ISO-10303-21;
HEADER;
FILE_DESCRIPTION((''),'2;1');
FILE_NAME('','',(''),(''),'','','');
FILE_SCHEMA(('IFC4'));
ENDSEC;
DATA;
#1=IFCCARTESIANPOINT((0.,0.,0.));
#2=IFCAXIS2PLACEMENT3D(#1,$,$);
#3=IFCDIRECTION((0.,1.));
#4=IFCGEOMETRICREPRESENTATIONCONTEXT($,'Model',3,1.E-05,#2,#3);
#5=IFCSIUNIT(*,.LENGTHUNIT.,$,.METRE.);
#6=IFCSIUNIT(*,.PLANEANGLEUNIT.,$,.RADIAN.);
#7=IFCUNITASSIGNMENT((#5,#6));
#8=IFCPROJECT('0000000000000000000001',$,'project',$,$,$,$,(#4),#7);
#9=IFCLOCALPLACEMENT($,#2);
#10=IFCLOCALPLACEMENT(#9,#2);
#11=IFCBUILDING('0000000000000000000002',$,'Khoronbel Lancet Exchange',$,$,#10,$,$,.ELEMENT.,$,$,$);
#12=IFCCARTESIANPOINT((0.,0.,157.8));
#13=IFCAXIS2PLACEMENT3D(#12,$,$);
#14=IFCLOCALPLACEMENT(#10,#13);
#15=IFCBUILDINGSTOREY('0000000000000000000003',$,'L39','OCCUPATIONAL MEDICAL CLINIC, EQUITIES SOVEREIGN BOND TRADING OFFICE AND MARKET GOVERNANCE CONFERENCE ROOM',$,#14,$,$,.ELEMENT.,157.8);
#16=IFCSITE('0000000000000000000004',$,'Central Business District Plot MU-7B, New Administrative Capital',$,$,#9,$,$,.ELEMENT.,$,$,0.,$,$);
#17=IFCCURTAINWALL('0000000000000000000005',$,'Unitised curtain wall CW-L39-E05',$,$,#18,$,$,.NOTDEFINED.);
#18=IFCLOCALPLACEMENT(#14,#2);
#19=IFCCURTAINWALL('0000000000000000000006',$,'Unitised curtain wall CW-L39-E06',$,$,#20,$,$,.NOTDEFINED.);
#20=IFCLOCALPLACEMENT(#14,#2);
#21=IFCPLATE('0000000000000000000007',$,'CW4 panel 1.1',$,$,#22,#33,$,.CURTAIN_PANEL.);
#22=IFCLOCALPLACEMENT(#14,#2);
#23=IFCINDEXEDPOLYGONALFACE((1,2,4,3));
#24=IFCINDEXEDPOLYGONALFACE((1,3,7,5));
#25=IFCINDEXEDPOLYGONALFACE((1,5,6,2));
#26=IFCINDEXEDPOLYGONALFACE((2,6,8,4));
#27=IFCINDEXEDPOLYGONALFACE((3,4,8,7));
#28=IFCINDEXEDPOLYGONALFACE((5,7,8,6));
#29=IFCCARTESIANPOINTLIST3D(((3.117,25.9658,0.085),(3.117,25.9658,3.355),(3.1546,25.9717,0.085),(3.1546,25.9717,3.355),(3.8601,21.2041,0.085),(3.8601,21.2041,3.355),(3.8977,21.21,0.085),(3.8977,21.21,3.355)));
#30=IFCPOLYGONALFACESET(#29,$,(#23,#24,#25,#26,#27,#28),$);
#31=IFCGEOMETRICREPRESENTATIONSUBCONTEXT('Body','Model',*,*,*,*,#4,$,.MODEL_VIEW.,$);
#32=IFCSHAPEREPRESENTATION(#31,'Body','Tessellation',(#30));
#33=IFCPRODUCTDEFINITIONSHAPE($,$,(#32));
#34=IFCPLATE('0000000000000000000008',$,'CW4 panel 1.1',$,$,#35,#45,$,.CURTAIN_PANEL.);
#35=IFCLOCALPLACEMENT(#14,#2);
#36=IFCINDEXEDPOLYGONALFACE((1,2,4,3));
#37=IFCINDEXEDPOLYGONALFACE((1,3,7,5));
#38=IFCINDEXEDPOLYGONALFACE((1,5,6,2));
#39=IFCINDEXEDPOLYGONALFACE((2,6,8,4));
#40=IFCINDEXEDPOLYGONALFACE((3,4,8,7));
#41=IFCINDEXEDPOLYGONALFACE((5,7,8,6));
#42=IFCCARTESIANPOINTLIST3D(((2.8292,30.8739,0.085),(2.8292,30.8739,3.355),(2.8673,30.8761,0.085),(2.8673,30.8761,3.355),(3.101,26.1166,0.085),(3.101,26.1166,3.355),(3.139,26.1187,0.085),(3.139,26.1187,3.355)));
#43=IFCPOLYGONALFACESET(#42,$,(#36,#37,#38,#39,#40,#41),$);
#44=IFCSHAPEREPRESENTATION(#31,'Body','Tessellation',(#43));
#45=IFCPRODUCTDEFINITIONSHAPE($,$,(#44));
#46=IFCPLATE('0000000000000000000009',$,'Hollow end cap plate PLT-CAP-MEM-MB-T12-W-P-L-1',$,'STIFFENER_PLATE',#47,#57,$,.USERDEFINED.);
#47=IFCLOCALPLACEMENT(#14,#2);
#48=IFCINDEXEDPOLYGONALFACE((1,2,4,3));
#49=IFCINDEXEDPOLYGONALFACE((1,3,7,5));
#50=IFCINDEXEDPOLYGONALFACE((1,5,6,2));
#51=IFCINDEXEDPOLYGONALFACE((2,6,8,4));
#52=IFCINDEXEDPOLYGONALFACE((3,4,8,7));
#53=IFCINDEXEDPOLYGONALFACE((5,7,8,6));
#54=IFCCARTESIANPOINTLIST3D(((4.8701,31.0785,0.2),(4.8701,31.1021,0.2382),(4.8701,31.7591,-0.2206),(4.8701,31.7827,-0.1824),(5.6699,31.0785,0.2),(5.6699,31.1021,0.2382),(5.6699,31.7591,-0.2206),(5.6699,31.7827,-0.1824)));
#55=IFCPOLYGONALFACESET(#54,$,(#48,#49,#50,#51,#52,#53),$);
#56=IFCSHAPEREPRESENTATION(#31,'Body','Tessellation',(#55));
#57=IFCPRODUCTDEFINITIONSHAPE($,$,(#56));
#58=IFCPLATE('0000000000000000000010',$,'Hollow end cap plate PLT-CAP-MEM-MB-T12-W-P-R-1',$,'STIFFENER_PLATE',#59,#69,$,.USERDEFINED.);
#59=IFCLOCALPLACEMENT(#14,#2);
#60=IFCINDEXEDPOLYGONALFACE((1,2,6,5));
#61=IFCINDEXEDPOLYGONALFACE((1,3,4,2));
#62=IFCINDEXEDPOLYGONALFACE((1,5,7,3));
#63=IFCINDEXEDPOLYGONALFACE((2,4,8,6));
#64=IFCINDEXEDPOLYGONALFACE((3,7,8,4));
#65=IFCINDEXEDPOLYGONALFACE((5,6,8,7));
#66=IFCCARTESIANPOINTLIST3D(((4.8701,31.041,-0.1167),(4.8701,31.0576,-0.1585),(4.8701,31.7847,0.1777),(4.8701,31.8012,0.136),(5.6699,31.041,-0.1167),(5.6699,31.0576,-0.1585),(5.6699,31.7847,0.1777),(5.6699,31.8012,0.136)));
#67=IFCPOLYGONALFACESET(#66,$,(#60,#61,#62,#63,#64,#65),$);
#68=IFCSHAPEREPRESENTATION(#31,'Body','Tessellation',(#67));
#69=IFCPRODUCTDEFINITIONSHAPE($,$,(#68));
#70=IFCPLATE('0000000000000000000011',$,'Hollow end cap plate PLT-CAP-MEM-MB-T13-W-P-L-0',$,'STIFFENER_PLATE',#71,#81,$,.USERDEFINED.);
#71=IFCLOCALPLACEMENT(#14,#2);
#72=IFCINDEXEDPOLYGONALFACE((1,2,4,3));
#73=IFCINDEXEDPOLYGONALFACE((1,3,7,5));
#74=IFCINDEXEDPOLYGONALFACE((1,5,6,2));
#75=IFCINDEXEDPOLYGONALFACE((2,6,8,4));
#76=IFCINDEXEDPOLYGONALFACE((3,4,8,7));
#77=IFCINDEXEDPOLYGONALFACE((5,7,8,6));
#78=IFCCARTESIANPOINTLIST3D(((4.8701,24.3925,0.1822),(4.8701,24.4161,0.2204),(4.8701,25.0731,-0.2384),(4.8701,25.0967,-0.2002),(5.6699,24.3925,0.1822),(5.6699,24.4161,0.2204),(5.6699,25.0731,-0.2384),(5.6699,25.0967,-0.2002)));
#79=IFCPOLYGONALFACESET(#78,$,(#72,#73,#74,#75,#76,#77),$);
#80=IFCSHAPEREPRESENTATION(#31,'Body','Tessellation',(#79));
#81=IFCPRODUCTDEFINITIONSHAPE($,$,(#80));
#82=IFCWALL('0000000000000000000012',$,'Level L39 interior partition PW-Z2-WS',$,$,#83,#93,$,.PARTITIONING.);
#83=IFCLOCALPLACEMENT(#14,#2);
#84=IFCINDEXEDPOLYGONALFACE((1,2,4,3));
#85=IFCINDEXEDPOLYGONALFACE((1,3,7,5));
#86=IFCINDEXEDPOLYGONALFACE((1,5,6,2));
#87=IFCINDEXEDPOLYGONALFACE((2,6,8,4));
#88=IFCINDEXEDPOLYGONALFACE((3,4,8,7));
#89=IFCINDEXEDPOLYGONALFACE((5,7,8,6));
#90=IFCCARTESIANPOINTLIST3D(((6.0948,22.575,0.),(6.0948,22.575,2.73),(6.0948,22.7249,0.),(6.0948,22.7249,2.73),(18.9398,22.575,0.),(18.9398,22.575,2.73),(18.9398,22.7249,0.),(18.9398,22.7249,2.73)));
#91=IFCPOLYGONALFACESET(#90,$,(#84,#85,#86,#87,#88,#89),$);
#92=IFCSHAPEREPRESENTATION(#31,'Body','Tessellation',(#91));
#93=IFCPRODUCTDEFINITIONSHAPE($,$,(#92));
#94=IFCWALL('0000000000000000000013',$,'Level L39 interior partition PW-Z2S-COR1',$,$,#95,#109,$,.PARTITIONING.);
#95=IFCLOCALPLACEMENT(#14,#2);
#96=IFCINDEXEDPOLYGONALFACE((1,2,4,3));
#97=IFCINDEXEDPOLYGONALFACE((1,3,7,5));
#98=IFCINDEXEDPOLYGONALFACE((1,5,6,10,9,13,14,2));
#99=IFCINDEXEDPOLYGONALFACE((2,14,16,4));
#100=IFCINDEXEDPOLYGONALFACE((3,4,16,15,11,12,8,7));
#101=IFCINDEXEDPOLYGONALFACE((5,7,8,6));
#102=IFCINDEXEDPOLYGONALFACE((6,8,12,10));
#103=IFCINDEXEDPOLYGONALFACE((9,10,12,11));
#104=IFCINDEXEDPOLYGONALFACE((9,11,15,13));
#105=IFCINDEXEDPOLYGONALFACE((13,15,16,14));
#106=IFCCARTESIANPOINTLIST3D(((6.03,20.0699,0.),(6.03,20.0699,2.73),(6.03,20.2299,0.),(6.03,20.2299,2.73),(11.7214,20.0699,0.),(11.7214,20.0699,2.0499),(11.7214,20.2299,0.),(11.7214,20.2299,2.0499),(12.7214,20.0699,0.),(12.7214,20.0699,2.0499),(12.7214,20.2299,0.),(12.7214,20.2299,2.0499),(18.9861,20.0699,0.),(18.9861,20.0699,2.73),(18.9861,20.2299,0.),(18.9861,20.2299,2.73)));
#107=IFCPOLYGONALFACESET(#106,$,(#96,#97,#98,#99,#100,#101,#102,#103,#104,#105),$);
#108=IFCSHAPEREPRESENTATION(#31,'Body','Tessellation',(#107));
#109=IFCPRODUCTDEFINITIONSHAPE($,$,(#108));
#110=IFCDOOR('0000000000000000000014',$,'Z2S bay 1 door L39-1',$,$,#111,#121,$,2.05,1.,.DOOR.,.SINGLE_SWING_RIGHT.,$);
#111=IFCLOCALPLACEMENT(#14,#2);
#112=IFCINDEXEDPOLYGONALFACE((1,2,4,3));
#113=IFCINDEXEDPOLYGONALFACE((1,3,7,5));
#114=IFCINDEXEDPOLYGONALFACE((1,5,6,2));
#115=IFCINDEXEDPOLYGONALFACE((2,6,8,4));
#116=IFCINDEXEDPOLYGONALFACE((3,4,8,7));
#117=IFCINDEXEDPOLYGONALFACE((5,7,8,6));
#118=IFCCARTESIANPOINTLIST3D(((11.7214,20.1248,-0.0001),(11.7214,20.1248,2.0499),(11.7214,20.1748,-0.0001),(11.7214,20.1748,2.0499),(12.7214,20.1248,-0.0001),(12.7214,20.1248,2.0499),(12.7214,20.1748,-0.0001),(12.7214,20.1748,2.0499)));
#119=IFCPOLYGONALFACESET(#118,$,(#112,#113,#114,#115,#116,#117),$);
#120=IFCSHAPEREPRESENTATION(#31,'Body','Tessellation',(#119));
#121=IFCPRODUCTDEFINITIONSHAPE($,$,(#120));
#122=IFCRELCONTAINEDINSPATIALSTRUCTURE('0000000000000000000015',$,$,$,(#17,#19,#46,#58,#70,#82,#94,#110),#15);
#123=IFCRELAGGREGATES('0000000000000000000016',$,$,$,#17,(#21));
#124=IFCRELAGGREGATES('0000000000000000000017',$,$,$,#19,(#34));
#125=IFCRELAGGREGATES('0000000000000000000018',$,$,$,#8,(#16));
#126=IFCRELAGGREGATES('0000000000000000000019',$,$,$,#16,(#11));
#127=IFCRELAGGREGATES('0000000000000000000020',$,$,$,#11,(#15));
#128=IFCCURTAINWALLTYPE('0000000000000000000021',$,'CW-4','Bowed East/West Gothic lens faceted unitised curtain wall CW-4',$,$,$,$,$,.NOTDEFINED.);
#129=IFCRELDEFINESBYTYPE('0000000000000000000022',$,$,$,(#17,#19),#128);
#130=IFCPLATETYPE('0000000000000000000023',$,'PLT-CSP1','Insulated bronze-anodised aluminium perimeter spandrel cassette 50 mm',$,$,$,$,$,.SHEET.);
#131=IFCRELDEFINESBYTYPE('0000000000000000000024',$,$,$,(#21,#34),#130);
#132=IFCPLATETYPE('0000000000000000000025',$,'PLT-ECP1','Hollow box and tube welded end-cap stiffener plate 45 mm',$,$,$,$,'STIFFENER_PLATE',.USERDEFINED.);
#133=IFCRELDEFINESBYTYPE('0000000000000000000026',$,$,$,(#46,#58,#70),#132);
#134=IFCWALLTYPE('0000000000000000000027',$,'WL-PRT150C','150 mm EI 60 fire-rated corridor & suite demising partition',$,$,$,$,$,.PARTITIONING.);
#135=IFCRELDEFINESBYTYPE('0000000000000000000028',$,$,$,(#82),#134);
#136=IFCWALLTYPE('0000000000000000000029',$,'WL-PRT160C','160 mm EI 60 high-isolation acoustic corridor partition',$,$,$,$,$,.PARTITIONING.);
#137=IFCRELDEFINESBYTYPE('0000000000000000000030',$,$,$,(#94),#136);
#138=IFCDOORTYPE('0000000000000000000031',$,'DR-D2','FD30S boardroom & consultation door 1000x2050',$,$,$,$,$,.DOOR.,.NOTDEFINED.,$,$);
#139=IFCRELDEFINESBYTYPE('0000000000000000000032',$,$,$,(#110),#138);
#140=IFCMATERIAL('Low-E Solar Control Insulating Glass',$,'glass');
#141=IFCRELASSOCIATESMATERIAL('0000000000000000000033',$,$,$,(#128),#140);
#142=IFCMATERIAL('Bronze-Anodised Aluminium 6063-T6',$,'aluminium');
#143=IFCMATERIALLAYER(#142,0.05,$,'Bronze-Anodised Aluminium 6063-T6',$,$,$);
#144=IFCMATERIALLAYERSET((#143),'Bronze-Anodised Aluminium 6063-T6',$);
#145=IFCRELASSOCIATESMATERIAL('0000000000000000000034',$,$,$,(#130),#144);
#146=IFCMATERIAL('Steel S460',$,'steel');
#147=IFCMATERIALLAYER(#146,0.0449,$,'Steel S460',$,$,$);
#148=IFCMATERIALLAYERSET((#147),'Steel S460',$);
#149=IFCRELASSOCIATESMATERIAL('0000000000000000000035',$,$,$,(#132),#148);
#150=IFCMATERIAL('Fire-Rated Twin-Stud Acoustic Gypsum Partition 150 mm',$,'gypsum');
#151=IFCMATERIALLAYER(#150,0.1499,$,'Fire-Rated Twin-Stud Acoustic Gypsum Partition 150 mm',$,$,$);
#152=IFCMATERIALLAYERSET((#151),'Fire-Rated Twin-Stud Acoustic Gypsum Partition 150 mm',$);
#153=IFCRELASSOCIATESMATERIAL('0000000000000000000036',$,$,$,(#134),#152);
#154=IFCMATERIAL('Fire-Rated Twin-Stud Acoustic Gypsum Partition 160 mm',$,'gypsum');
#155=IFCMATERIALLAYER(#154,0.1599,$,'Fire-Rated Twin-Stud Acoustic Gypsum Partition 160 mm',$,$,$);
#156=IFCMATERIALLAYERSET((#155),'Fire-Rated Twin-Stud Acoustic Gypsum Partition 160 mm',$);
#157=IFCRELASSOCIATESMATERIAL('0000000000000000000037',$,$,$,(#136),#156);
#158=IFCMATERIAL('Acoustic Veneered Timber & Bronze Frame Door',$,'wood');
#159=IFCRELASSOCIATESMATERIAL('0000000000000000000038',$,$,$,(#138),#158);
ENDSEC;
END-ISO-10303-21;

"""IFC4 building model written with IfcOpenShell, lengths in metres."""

from ifc_helpers import new_model, si_unit, direction, frame, frame_2d, origin, origin_2d, place, context, subcontext, project, spatial, polyline, rectangle, outline, extrude, material, layer, layer_set, type_object, element, fill, aggregate, save


model = new_model("IFC4")

# Units and contexts
model_context = context("Model", 3, precision=1e-05, world=origin(), true_north=direction((0.0, 1.0)))
body_context = subcontext(model_context, "Body", "Model", "MODEL_VIEW")
ifc_project = project(units=[si_unit("LENGTHUNIT", "METRE"), si_unit("PLANEANGLEUNIT", "RADIAN")], contexts=[model_context])

# Site, building, storey
site_placement = place(None, origin())
site = spatial("IfcSite", under=ifc_project, at=site_placement, Name="Central Business District Plot MU-7B, New Administrative Capital", CompositionType="ELEMENT", RefElevation=0.0)
building_placement = place(site_placement, origin())
building = spatial("IfcBuilding", under=site, at=building_placement, Name="Khoronbel Lancet Exchange", CompositionType="ELEMENT")
storey_placement = place(building_placement, frame((0.0, 0.0, 157.8)))
storey = spatial("IfcBuildingStorey", under=building, at=storey_placement, Name="L39", Description="OCCUPATIONAL MEDICAL CLINIC, EQUITIES SOVEREIGN BOND TRADING OFFICE AND MARKET GOVERNANCE CONFERENCE ROOM", CompositionType="ELEMENT", Elevation=157.8)

# Shared definitions
ifc_material_1 = material(Name="Low-E Solar Control Insulating Glass", Category="glass")
curtain_wall_type = type_object("IfcCurtainWallType", Name="CW-4", Description="Bowed East/West Gothic lens faceted unitised curtain wall CW-4", PredefinedType="NOTDEFINED", material=ifc_material_1)
ifc_material_2 = material(Name="Bronze-Anodised Aluminium 6063-T6", Category="aluminium")

# Curtain walls
curtain_wall_1_placement = place(storey_placement, origin())
curtain_wall_1 = element("IfcCurtainWall", 1, at=curtain_wall_1_placement, inside=storey, type_object=curtain_wall_type, Name="Unitised curtain wall CW-L39-E05", PredefinedType="NOTDEFINED")
curtain_wall_2_placement = place(storey_placement, origin())
curtain_wall_2 = element("IfcCurtainWall", 2, at=curtain_wall_2_placement, inside=storey, type_object=curtain_wall_type, Name="Unitised curtain wall CW-L39-E06", PredefinedType="NOTDEFINED")

# Shared definitions
ifc_material_3 = material(Name="Steel S460", Category="steel")

# Plates
ifc_layer_1 = layer(ifc_material_2, 0.05, Name="Bronze-Anodised Aluminium 6063-T6")
ifc_layer_set_1 = layer_set([ifc_layer_1], Name="Bronze-Anodised Aluminium 6063-T6")
plate_type_1 = type_object("IfcPlateType", Name="PLT-CSP1", Description="Insulated bronze-anodised aluminium perimeter spandrel cassette 50 mm", PredefinedType="SHEET", material=ifc_layer_set_1)
plate_1_placement = place(storey_placement, frame((3.5073, 23.5879, 0.085), z_axis=(0.0, 0.0, 1.0), x_axis=(-0.154189, 0.988041, 0.0)))
plate_1 = element("IfcPlate", 3, at=plate_1_placement, type_object=plate_type_1, Name="CW4 panel 1.1", PredefinedType="CURTAIN_PANEL", context=body_context, shape_type="SweptSolid", body=[
    extrude(rectangle(XDim=4.8193, YDim=0.0381, at=origin_2d()), origin(), (0.0, 0.0, 1.0), 3.27),
])
aggregate(curtain_wall_1, [plate_1])
plate_2_placement = place(storey_placement, frame((2.9841, 28.4963, 0.085), z_axis=(0.0, 0.0, 1.0), x_axis=(-0.057027, 0.998373, 0.0)))
plate_2 = element("IfcPlate", 4, at=plate_2_placement, type_object=plate_type_1, Name="CW4 panel 1.1", PredefinedType="CURTAIN_PANEL", context=body_context, shape_type="SweptSolid", body=[
    extrude(rectangle(XDim=4.7651, YDim=0.0381, at=origin_2d()), origin(), (0.0, 0.0, 1.0), 3.27),
])
aggregate(curtain_wall_2, [plate_2])

# Plates
ifc_layer_2 = layer(ifc_material_3, 0.0449, Name="Steel S460")
ifc_layer_set_2 = layer_set([ifc_layer_2], Name="Steel S460")
plate_type_2 = type_object("IfcPlateType", Name="PLT-ECP1", Description="Hollow box and tube welded end-cap stiffener plate 45 mm", ElementType="STIFFENER_PLATE", PredefinedType="USERDEFINED", material=ifc_layer_set_2)
plate_3_placement = place(storey_placement, frame((5.6699, 31.7827, -0.1824), z_axis=(0.0, 0.525714, 0.850662), x_axis=(-1.0, 0.0, 0.0)))
element("IfcPlate", 5, at=plate_3_placement, inside=storey, type_object=plate_type_2, Name="Hollow end cap plate PLT-CAP-MEM-MB-T12-W-P-L-1", ObjectType="STIFFENER_PLATE", PredefinedType="USERDEFINED", context=body_context, shape_type="SweptSolid", body=[
    extrude(outline(polyline([(0.0, 0.0), (0.7998, 0.0), (0.7998, 0.8), (0.0, 0.8), (0.0, 0.0)])), origin(), (0.0, 0.0, -1.0), 0.0449),
])
plate_4_placement = place(storey_placement, frame((4.8701, 31.041, -0.1167), z_axis=(0.0, -0.368125, 0.929776), x_axis=(1.0, 0.0, 0.0)))
element("IfcPlate", 6, at=plate_4_placement, inside=storey, type_object=plate_type_2, Name="Hollow end cap plate PLT-CAP-MEM-MB-T12-W-P-R-1", ObjectType="STIFFENER_PLATE", PredefinedType="USERDEFINED", context=body_context, shape_type="SweptSolid", body=[
    extrude(outline(polyline([(0.0, 0.0), (0.7998, 0.0), (0.7998, 0.7998), (0.0, 0.7998), (0.0, 0.0)])), origin(), (0.0, 0.0, -1.0), 0.0449),
])
plate_5_placement = place(storey_placement, frame((5.6699, 25.0967, -0.2002), z_axis=(0.0, 0.525714, 0.850662), x_axis=(-1.0, 0.0, 0.0)))
element("IfcPlate", 7, at=plate_5_placement, inside=storey, type_object=plate_type_2, Name="Hollow end cap plate PLT-CAP-MEM-MB-T13-W-P-L-0", ObjectType="STIFFENER_PLATE", PredefinedType="USERDEFINED", context=body_context, shape_type="SweptSolid", body=[
    extrude(outline(polyline([(0.0, 0.0), (0.7998, 0.0), (0.7998, 0.8), (0.0, 0.8), (0.0, 0.0)])), origin(), (0.0, 0.0, -1.0), 0.0449),
])

# Wall
ifc_material_4 = material(Name="Fire-Rated Twin-Stud Acoustic Gypsum Partition 150 mm", Category="gypsum")
ifc_layer_3 = layer(ifc_material_4, 0.1499, Name="Fire-Rated Twin-Stud Acoustic Gypsum Partition 150 mm")
ifc_layer_set_3 = layer_set([ifc_layer_3], Name="Fire-Rated Twin-Stud Acoustic Gypsum Partition 150 mm")
wall_type_1 = type_object("IfcWallType", Name="WL-PRT150C", Description="150 mm EI 60 fire-rated corridor & suite demising partition", PredefinedType="PARTITIONING", material=ifc_layer_set_3)
wall_1_placement = place(storey_placement, frame((6.095, 22.6499, 0.0), z_axis=(0.0, 0.0, 1.0), x_axis=(1.0, 0.0, 0.0)))
element("IfcWall", 8, at=wall_1_placement, inside=storey, type_object=wall_type_1, Name="Level L39 interior partition PW-Z2-WS", PredefinedType="PARTITIONING", context=body_context, shape_type="SweptSolid", body=[
    extrude(rectangle(XDim=12.845, YDim=0.1499, at=frame_2d((6.4224, 0.0))), origin(), (0.0, 0.0, 1.0), 2.73),
])

# Wall, opening, door
ifc_material_5 = material(Name="Fire-Rated Twin-Stud Acoustic Gypsum Partition 160 mm", Category="gypsum")
ifc_layer_4 = layer(ifc_material_5, 0.1599, Name="Fire-Rated Twin-Stud Acoustic Gypsum Partition 160 mm")
ifc_layer_set_4 = layer_set([ifc_layer_4], Name="Fire-Rated Twin-Stud Acoustic Gypsum Partition 160 mm")
wall_type_2 = type_object("IfcWallType", Name="WL-PRT160C", Description="160 mm EI 60 high-isolation acoustic corridor partition", PredefinedType="PARTITIONING", material=ifc_layer_set_4)
wall_2_placement = place(storey_placement, frame((6.03, 20.1499, 0.0), z_axis=(0.0, 0.0, 1.0), x_axis=(1.0, 0.0, 0.0)))
wall_2 = element("IfcWall", 9, at=wall_2_placement, inside=storey, type_object=wall_type_2, Name="Level L39 interior partition PW-Z2S-COR1", PredefinedType="PARTITIONING", context=body_context, shape_type="SweptSolid", body=[
    extrude(rectangle(XDim=12.9561, YDim=0.1599, at=frame_2d((6.478, 0.0))), origin(), (0.0, 0.0, 1.0), 2.73),
])
opening_placement = place(wall_2_placement, frame((5.6914, 0.0, 0.0)))
opening = element("IfcOpeningElement", 10, at=opening_placement, cuts=wall_2, PredefinedType="OPENING", context=body_context, shape_type="SweptSolid", body=[
    extrude(rectangle(XDim=1.0, YDim=2.05, at=frame_2d((0.5, 1.0249))), frame((0.0, 0.0898, 0.0), z_axis=(0.0, -1.0, 0.0), x_axis=(1.0, 0.0, 0.0)), (0.0, 0.0, 1.0), 0.1799),
])
ifc_material_6 = material(Name="Acoustic Veneered Timber & Bronze Frame Door", Category="wood")
door_type = type_object("IfcDoorType", Name="DR-D2", Description="FD30S boardroom & consultation door 1000x2050", OperationType="NOTDEFINED", PredefinedType="DOOR", material=ifc_material_6)
door_placement = place(opening_placement, origin())
door = element("IfcDoor", 11, at=door_placement, inside=storey, type_object=door_type, Name="Z2S bay 1 door L39-1", OperationType="SINGLE_SWING_RIGHT", OverallHeight=2.05, OverallWidth=1.0, PredefinedType="DOOR", context=body_context, shape_type="SweptSolid", body=[
    extrude(rectangle(XDim=1.0, YDim=2.05, at=frame_2d((0.5, 1.0249))), frame((0.0, 0.0249, 0.0), z_axis=(0.0, -1.0, 0.0), x_axis=(1.0, 0.0, 0.0)), (0.0, 0.0, 1.0), 0.05),
])
fill(opening, door)

save(model, "model.ifc")
